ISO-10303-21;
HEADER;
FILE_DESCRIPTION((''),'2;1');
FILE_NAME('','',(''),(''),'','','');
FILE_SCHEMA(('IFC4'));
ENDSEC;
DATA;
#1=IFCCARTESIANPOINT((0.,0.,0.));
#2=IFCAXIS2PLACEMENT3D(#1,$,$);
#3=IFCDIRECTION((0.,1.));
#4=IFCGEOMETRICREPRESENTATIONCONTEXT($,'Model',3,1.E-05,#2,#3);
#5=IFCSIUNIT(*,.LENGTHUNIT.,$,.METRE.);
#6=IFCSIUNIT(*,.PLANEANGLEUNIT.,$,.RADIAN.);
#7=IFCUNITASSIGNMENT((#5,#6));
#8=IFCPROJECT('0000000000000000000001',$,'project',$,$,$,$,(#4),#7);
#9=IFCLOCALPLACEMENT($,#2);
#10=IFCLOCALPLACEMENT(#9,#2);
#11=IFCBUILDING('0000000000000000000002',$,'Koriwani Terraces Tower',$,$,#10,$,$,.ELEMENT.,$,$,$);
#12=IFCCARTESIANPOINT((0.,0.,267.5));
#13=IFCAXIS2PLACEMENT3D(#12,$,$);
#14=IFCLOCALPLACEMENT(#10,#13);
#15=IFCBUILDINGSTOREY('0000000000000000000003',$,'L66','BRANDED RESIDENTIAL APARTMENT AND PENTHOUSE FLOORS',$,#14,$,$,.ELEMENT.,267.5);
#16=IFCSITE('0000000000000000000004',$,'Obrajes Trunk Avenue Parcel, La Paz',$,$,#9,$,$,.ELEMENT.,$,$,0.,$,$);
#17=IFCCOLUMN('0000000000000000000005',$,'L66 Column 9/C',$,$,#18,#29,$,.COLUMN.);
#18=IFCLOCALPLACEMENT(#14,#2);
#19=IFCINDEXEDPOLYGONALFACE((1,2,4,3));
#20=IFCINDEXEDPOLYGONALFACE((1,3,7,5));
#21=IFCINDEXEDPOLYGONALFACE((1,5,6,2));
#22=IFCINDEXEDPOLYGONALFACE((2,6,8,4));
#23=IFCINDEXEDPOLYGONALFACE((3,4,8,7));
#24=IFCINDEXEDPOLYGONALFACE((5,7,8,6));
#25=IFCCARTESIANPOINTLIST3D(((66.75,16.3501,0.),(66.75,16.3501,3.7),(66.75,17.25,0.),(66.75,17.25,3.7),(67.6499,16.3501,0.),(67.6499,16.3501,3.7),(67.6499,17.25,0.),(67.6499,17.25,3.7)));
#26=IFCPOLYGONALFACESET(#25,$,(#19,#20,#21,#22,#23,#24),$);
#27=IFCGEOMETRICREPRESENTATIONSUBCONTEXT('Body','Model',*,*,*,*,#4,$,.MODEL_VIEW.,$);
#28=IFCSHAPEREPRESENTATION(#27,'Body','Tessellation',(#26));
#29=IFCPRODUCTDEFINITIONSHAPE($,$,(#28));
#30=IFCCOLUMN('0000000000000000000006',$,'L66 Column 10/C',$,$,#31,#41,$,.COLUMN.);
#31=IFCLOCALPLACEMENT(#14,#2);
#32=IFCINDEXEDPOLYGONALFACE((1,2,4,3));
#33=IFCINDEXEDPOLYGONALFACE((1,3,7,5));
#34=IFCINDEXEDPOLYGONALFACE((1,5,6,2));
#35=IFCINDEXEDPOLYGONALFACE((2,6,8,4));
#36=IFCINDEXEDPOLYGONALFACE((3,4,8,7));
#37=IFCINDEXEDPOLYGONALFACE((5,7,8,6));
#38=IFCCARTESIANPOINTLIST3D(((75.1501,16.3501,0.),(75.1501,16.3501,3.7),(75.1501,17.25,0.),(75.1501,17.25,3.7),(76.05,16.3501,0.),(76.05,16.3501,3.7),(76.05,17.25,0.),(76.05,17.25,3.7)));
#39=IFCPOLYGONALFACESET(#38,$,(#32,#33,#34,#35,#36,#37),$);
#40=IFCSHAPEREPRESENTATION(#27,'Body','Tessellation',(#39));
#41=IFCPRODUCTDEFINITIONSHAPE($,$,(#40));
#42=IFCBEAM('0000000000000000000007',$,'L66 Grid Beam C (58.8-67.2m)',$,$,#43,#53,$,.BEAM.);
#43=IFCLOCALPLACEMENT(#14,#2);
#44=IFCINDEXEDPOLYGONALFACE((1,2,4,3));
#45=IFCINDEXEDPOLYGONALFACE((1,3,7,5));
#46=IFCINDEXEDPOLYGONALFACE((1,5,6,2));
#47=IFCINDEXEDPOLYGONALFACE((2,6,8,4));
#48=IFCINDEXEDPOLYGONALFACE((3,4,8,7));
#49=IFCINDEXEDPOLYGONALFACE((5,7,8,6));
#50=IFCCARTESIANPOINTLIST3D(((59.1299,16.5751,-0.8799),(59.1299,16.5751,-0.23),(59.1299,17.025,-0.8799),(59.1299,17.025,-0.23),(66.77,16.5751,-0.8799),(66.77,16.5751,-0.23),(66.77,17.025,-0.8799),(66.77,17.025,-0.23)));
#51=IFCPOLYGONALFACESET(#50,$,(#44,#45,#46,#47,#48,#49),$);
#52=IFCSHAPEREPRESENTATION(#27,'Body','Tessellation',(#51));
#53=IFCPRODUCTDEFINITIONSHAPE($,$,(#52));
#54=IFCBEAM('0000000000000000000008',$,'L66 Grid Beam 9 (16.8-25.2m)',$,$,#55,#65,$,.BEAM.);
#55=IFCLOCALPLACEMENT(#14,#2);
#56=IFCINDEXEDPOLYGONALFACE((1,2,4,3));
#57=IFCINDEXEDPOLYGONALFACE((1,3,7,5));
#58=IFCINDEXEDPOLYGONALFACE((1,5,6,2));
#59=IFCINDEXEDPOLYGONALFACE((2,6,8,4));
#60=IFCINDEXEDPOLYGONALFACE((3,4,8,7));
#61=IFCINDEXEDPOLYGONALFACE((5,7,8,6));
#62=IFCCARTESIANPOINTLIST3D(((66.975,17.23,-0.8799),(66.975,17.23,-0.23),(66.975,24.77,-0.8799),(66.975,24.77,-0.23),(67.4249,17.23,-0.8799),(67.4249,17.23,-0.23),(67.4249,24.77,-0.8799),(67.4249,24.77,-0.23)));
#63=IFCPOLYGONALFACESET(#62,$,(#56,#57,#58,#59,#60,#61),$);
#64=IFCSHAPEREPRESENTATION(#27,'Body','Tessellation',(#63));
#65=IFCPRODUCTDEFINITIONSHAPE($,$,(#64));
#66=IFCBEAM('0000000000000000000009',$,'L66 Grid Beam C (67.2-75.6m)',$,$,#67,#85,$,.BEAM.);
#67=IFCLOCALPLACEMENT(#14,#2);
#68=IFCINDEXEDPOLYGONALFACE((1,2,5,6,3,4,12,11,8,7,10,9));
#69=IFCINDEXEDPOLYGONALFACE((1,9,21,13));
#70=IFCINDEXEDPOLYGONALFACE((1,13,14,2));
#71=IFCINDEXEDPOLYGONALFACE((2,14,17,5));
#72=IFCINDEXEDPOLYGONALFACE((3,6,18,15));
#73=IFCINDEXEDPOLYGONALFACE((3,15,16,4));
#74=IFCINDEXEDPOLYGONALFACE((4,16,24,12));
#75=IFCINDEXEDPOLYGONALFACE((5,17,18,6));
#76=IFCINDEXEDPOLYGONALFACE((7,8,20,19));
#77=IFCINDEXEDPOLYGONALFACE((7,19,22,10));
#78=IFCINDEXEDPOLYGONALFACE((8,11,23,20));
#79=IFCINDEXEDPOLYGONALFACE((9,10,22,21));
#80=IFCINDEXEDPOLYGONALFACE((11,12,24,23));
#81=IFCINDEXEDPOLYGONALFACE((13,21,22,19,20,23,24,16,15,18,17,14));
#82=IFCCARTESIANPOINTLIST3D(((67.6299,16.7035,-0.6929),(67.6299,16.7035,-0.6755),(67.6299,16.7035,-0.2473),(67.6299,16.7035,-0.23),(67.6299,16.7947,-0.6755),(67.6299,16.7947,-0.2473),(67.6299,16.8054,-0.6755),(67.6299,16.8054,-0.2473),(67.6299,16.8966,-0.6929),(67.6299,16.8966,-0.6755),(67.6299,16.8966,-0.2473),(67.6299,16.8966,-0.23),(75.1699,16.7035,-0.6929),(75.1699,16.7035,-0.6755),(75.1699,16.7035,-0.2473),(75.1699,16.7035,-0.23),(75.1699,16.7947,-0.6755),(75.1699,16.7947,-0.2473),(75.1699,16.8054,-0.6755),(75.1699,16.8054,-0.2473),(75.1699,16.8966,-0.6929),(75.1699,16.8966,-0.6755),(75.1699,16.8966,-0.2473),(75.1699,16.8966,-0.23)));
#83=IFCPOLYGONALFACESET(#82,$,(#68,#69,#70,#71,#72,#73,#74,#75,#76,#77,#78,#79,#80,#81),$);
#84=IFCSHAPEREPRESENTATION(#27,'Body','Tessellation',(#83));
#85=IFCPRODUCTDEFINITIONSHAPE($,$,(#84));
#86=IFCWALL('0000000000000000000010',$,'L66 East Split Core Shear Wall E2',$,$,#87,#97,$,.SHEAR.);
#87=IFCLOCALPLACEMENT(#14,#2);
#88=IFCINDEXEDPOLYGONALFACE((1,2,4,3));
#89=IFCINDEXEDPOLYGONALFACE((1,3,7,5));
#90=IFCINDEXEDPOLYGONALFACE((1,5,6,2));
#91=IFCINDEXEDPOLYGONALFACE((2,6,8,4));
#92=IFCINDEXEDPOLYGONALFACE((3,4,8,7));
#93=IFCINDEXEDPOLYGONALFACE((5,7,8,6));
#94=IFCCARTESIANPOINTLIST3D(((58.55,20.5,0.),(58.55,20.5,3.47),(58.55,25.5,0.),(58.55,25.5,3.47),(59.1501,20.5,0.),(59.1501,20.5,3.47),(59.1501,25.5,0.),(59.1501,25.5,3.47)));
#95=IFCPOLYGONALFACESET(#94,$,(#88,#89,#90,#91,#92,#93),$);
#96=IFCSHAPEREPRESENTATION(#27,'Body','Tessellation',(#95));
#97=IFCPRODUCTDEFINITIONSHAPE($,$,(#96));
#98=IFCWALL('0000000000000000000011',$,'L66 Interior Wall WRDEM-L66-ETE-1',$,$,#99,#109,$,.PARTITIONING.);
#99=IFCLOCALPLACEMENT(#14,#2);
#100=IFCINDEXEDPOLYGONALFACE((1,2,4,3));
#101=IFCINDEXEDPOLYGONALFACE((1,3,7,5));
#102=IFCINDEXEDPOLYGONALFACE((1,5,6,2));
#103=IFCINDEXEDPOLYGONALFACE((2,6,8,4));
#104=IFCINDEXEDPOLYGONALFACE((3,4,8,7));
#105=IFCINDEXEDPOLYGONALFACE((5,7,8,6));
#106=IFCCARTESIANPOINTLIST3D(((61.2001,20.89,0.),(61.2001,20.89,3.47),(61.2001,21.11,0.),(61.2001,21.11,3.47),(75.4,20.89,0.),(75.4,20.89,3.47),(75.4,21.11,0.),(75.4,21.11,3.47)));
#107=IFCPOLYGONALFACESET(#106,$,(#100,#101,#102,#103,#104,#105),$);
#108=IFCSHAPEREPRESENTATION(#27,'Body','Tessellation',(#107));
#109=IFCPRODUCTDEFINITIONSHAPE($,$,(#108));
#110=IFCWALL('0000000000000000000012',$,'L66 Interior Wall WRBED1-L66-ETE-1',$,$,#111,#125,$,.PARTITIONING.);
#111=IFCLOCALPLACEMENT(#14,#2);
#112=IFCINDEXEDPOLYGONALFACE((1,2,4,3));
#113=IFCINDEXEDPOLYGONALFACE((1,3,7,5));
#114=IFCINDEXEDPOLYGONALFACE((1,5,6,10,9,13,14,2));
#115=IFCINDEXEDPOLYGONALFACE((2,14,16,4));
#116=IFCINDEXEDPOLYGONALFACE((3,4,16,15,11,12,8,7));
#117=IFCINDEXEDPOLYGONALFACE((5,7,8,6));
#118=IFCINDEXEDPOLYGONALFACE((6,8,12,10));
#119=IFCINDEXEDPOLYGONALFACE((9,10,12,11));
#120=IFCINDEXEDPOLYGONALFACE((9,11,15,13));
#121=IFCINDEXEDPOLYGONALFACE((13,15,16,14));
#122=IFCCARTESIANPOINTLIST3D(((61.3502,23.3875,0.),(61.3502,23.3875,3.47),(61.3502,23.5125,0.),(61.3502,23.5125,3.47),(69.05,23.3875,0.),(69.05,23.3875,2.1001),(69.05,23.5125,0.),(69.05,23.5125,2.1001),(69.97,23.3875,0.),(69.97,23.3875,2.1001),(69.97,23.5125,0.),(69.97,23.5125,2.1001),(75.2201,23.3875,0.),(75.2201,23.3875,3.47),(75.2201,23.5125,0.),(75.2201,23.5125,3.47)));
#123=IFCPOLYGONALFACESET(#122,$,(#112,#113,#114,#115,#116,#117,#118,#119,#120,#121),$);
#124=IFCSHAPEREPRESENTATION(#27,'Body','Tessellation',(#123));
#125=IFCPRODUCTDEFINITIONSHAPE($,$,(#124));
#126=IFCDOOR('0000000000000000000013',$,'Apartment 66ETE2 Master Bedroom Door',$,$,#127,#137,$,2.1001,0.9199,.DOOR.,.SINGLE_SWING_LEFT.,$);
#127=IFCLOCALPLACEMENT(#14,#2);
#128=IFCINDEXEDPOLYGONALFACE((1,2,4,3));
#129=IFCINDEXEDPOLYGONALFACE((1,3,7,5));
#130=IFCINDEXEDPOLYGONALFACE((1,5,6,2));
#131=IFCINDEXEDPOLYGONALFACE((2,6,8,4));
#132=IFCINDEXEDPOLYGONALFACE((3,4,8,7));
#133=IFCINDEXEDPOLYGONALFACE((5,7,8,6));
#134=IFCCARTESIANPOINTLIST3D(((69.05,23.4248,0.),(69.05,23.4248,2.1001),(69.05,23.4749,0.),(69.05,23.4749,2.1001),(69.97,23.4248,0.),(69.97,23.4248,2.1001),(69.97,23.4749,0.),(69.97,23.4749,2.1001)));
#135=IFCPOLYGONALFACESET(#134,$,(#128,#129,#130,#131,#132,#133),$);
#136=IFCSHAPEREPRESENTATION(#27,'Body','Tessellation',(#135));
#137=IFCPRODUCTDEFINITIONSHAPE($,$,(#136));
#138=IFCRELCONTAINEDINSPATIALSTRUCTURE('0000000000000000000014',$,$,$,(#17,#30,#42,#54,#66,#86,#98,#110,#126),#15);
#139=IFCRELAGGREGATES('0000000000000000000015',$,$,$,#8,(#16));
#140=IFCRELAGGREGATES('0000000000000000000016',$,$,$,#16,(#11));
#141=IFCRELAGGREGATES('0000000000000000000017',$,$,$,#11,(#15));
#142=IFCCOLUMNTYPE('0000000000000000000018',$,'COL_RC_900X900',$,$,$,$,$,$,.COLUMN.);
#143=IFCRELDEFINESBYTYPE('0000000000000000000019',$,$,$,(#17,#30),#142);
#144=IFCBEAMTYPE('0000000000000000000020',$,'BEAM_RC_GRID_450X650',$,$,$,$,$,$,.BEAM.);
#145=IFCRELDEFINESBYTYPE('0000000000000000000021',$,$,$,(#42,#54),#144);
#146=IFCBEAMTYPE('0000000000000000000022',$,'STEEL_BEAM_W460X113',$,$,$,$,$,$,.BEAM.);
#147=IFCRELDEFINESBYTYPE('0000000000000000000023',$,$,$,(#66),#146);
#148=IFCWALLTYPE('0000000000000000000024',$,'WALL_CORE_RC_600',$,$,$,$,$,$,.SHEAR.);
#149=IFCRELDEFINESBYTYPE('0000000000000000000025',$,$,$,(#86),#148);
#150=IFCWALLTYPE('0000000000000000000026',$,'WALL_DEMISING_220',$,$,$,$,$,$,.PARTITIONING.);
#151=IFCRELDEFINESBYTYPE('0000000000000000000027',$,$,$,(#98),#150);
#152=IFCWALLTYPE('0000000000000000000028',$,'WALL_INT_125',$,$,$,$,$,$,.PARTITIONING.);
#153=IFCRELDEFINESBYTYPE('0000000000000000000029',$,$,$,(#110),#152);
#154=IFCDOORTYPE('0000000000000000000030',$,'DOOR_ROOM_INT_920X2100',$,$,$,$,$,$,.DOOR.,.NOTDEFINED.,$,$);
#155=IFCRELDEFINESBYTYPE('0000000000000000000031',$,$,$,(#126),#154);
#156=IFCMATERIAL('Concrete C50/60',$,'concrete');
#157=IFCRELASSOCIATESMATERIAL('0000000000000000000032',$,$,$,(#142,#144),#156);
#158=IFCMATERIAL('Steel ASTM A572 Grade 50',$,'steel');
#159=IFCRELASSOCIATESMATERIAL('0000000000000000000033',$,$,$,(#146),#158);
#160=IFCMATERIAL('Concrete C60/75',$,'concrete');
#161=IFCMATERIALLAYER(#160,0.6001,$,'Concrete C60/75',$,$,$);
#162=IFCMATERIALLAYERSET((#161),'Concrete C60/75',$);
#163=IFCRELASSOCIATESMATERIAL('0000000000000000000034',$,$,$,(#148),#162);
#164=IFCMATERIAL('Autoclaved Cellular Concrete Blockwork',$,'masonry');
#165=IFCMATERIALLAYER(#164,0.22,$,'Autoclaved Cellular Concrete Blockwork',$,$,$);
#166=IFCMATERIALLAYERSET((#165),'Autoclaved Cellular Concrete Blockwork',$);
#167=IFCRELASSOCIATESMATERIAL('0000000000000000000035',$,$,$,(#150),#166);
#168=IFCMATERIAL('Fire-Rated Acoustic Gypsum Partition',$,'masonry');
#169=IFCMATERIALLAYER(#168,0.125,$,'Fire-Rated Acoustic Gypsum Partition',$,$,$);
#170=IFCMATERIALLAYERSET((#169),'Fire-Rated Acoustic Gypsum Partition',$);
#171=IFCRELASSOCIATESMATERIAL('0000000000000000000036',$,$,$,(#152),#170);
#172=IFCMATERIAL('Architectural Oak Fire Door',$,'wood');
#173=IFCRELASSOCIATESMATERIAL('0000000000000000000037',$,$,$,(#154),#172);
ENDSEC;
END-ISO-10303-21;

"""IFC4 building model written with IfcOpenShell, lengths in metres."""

from ifc_helpers import new_model, si_unit, direction, frame, frame_2d, origin, origin_2d, place, context, subcontext, project, spatial, rectangle, i_section, extrude, material, layer, layer_set, material_profile, profile_set, type_object, element, fill, save


model = new_model("IFC4")

# Units and contexts
model_context = context("Model", 3, precision=1e-05, world=origin(), true_north=direction((0.0, 1.0)))
body_context = subcontext(model_context, "Body", "Model", "MODEL_VIEW")
ifc_project = project(units=[si_unit("LENGTHUNIT", "METRE"), si_unit("PLANEANGLEUNIT", "RADIAN")], contexts=[model_context])

# Site, building, storey
site_placement = place(None, origin())
site = spatial("IfcSite", under=ifc_project, at=site_placement, Name="Obrajes Trunk Avenue Parcel, La Paz", CompositionType="ELEMENT", RefElevation=0.0)
building_placement = place(site_placement, origin())
building = spatial("IfcBuilding", under=site, at=building_placement, Name="Koriwani Terraces Tower", CompositionType="ELEMENT")
storey_placement = place(building_placement, frame((0.0, 0.0, 267.5)))
storey = spatial("IfcBuildingStorey", under=building, at=storey_placement, Name="L66", Description="BRANDED RESIDENTIAL APARTMENT AND PENTHOUSE FLOORS", CompositionType="ELEMENT", Elevation=267.5)

# Columns
ifc_material_1 = material(Name="Concrete C50/60", Category="concrete")
ifc_material_profile_1 = material_profile(ifc_material_1, rectangle(XDim=0.8999, YDim=0.8999, at=origin_2d()), Name="Concrete C50/60", Category="LoadBearing")
ifc_profile_set_1 = profile_set([ifc_material_profile_1], Name="Concrete C50/60")
column_type = type_object("IfcColumnType", Name="COL_RC_900X900", PredefinedType="COLUMN", material=ifc_profile_set_1)
for number, where, z_axis, x_axis, name in (
    (1, (67.2, 16.8, 0.0), (0.0, 0.0, 1.0), (1.0, 0.0, 0.0), "L66 Column 9/C"),
    (2, (75.6001, 16.8, 0.0), (0.0, 0.0, 1.0), (1.0, 0.0, 0.0), "L66 Column 10/C"),
):
    element("IfcColumn", number, at=place(storey_placement, frame(where, z_axis=z_axis, x_axis=x_axis)), inside=storey, type_object=column_type, Name=name, PredefinedType="COLUMN", context=body_context, shape_type="SweptSolid", body=[
        extrude(rectangle(XDim=0.8999, YDim=0.8999, at=origin_2d()), origin(), (0.0, 0.0, 1.0), 3.7),
    ])

# Beams
ifc_material_profile_2 = material_profile(ifc_material_1, rectangle(XDim=0.45, YDim=0.6499, at=origin_2d()), Name="Concrete C50/60", Category="LoadBearing")
ifc_profile_set_2 = profile_set([ifc_material_profile_2], Name="Concrete C50/60")
beam_type_1 = type_object("IfcBeamType", Name="BEAM_RC_GRID_450X650", PredefinedType="BEAM", material=ifc_profile_set_2)
beam_1_placement = place(storey_placement, frame((59.1299, 16.8, -0.5549), z_axis=(1.0, 0.0, 0.0), x_axis=(0.0, 1.0, 0.0)))
element("IfcBeam", 3, at=beam_1_placement, inside=storey, type_object=beam_type_1, Name="L66 Grid Beam C (58.8-67.2m)", PredefinedType="BEAM", context=body_context, shape_type="SweptSolid", body=[
    extrude(rectangle(XDim=0.45, YDim=0.6499, at=origin_2d()), origin(), (0.0, 0.0, 1.0), 7.6401),
])
beam_2_placement = place(storey_placement, frame((67.2, 17.23, -0.5549), z_axis=(0.0, 1.0, 0.0), x_axis=(-1.0, 0.0, 0.0)))
element("IfcBeam", 4, at=beam_2_placement, inside=storey, type_object=beam_type_1, Name="L66 Grid Beam 9 (16.8-25.2m)", PredefinedType="BEAM", context=body_context, shape_type="SweptSolid", body=[
    extrude(rectangle(XDim=0.45, YDim=0.6499, at=origin_2d()), origin(), (0.0, 0.0, 1.0), 7.54),
])
ifc_material_2 = material(Name="Steel ASTM A572 Grade 50", Category="steel")
ifc_material_profile_3 = material_profile(ifc_material_2, i_section(OverallWidth=0.1931, OverallDepth=0.4629, WebThickness=0.0107, FlangeThickness=0.0173, at=origin_2d()), Name="Steel ASTM A572 Grade 50", Category="LoadBearing")
ifc_profile_set_3 = profile_set([ifc_material_profile_3], Name="Steel ASTM A572 Grade 50")
beam_type_2 = type_object("IfcBeamType", Name="STEEL_BEAM_W460X113", PredefinedType="BEAM", material=ifc_profile_set_3)
beam_3_placement = place(storey_placement, frame((67.6299, 16.8, -0.4614), z_axis=(1.0, 0.0, 0.0), x_axis=(0.0, 1.0, 0.0)))
element("IfcBeam", 5, at=beam_3_placement, inside=storey, type_object=beam_type_2, Name="L66 Grid Beam C (67.2-75.6m)", PredefinedType="BEAM", context=body_context, shape_type="SweptSolid", body=[
    extrude(i_section(OverallWidth=0.1931, OverallDepth=0.4629, WebThickness=0.0107, FlangeThickness=0.0173, at=origin_2d()), origin(), (0.0, 0.0, 1.0), 7.54),
])

# Walls
ifc_material_3 = material(Name="Concrete C60/75", Category="concrete")
ifc_layer_1 = layer(ifc_material_3, 0.6001, Name="Concrete C60/75")
ifc_layer_set_1 = layer_set([ifc_layer_1], Name="Concrete C60/75")
wall_type_1 = type_object("IfcWallType", Name="WALL_CORE_RC_600", PredefinedType="SHEAR", material=ifc_layer_set_1)
wall_1_placement = place(storey_placement, frame((58.8501, 20.5, 0.0), z_axis=(0.0, 0.0, 1.0), x_axis=(0.0, 1.0, 0.0)))
element("IfcWall", 6, at=wall_1_placement, inside=storey, type_object=wall_type_1, Name="L66 East Split Core Shear Wall E2", PredefinedType="SHEAR", context=body_context, shape_type="SweptSolid", body=[
    extrude(rectangle(XDim=5.0, YDim=0.6001, at=frame_2d((2.5, 0.0))), origin(), (0.0, 0.0, 1.0), 3.47),
])
ifc_material_4 = material(Name="Autoclaved Cellular Concrete Blockwork", Category="masonry")
ifc_layer_2 = layer(ifc_material_4, 0.22, Name="Autoclaved Cellular Concrete Blockwork")
ifc_layer_set_2 = layer_set([ifc_layer_2], Name="Autoclaved Cellular Concrete Blockwork")
wall_type_2 = type_object("IfcWallType", Name="WALL_DEMISING_220", PredefinedType="PARTITIONING", material=ifc_layer_set_2)
wall_2_placement = place(storey_placement, frame((61.2, 21.0, 0.0), z_axis=(0.0, 0.0, 1.0), x_axis=(1.0, 0.0, 0.0)))
element("IfcWall", 7, at=wall_2_placement, inside=storey, type_object=wall_type_2, Name="L66 Interior Wall WRDEM-L66-ETE-1", PredefinedType="PARTITIONING", context=body_context, shape_type="SweptSolid", body=[
    extrude(rectangle(XDim=14.2, YDim=0.22, at=frame_2d((7.1001, 0.0))), origin(), (0.0, 0.0, 1.0), 3.47),
])

# Wall, opening, door
ifc_material_5 = material(Name="Fire-Rated Acoustic Gypsum Partition", Category="masonry")
ifc_layer_3 = layer(ifc_material_5, 0.125, Name="Fire-Rated Acoustic Gypsum Partition")
ifc_layer_set_3 = layer_set([ifc_layer_3], Name="Fire-Rated Acoustic Gypsum Partition")
wall_type_3 = type_object("IfcWallType", Name="WALL_INT_125", PredefinedType="PARTITIONING", material=ifc_layer_set_3)
wall_3_placement = place(storey_placement, frame((61.3501, 23.45, 0.0), z_axis=(0.0, 0.0, 1.0), x_axis=(1.0, 0.0, 0.0)))
wall_3 = element("IfcWall", 8, at=wall_3_placement, inside=storey, type_object=wall_type_3, Name="L66 Interior Wall WRBED1-L66-ETE-1", PredefinedType="PARTITIONING", context=body_context, shape_type="SweptSolid", body=[
    extrude(rectangle(XDim=13.8699, YDim=0.125, at=frame_2d((6.9351, 0.0))), origin(), (0.0, 0.0, 1.0), 3.47),
])
opening_1_placement = place(wall_3_placement, frame((7.7, 0.0, 0.0)))
opening_1 = element("IfcOpeningElement", 9, at=opening_1_placement, cuts=wall_3, PredefinedType="OPENING", context=body_context, shape_type="SweptSolid", body=[
    extrude(rectangle(XDim=0.9199, YDim=2.1001, at=frame_2d((0.46, 1.05))), frame((0.0, 0.0725, 0.0), z_axis=(0.0, -1.0, 0.0), x_axis=(1.0, 0.0, 0.0)), (0.0, 0.0, 1.0), 0.145),
])
ifc_material_6 = material(Name="Architectural Oak Fire Door", Category="wood")
door_type_1 = type_object("IfcDoorType", Name="DOOR_ROOM_INT_920X2100", OperationType="NOTDEFINED", PredefinedType="DOOR", material=ifc_material_6)
door_1_placement = place(opening_1_placement, origin())
door_1 = element("IfcDoor", 10, at=door_1_placement, inside=storey, type_object=door_type_1, Name="Apartment 66ETE2 Master Bedroom Door", OperationType="SINGLE_SWING_LEFT", OverallHeight=2.1001, OverallWidth=0.9199, PredefinedType="DOOR", context=body_context, shape_type="SweptSolid", body=[
    extrude(rectangle(XDim=0.9199, YDim=2.1001, at=frame_2d((0.46, 1.05))), frame((0.0, 0.0249, 0.0), z_axis=(0.0, -1.0, 0.0), x_axis=(1.0, 0.0, 0.0)), (0.0, 0.0, 1.0), 0.05),
])
fill(opening_1, door_1)

save(model, "model.ifc")
